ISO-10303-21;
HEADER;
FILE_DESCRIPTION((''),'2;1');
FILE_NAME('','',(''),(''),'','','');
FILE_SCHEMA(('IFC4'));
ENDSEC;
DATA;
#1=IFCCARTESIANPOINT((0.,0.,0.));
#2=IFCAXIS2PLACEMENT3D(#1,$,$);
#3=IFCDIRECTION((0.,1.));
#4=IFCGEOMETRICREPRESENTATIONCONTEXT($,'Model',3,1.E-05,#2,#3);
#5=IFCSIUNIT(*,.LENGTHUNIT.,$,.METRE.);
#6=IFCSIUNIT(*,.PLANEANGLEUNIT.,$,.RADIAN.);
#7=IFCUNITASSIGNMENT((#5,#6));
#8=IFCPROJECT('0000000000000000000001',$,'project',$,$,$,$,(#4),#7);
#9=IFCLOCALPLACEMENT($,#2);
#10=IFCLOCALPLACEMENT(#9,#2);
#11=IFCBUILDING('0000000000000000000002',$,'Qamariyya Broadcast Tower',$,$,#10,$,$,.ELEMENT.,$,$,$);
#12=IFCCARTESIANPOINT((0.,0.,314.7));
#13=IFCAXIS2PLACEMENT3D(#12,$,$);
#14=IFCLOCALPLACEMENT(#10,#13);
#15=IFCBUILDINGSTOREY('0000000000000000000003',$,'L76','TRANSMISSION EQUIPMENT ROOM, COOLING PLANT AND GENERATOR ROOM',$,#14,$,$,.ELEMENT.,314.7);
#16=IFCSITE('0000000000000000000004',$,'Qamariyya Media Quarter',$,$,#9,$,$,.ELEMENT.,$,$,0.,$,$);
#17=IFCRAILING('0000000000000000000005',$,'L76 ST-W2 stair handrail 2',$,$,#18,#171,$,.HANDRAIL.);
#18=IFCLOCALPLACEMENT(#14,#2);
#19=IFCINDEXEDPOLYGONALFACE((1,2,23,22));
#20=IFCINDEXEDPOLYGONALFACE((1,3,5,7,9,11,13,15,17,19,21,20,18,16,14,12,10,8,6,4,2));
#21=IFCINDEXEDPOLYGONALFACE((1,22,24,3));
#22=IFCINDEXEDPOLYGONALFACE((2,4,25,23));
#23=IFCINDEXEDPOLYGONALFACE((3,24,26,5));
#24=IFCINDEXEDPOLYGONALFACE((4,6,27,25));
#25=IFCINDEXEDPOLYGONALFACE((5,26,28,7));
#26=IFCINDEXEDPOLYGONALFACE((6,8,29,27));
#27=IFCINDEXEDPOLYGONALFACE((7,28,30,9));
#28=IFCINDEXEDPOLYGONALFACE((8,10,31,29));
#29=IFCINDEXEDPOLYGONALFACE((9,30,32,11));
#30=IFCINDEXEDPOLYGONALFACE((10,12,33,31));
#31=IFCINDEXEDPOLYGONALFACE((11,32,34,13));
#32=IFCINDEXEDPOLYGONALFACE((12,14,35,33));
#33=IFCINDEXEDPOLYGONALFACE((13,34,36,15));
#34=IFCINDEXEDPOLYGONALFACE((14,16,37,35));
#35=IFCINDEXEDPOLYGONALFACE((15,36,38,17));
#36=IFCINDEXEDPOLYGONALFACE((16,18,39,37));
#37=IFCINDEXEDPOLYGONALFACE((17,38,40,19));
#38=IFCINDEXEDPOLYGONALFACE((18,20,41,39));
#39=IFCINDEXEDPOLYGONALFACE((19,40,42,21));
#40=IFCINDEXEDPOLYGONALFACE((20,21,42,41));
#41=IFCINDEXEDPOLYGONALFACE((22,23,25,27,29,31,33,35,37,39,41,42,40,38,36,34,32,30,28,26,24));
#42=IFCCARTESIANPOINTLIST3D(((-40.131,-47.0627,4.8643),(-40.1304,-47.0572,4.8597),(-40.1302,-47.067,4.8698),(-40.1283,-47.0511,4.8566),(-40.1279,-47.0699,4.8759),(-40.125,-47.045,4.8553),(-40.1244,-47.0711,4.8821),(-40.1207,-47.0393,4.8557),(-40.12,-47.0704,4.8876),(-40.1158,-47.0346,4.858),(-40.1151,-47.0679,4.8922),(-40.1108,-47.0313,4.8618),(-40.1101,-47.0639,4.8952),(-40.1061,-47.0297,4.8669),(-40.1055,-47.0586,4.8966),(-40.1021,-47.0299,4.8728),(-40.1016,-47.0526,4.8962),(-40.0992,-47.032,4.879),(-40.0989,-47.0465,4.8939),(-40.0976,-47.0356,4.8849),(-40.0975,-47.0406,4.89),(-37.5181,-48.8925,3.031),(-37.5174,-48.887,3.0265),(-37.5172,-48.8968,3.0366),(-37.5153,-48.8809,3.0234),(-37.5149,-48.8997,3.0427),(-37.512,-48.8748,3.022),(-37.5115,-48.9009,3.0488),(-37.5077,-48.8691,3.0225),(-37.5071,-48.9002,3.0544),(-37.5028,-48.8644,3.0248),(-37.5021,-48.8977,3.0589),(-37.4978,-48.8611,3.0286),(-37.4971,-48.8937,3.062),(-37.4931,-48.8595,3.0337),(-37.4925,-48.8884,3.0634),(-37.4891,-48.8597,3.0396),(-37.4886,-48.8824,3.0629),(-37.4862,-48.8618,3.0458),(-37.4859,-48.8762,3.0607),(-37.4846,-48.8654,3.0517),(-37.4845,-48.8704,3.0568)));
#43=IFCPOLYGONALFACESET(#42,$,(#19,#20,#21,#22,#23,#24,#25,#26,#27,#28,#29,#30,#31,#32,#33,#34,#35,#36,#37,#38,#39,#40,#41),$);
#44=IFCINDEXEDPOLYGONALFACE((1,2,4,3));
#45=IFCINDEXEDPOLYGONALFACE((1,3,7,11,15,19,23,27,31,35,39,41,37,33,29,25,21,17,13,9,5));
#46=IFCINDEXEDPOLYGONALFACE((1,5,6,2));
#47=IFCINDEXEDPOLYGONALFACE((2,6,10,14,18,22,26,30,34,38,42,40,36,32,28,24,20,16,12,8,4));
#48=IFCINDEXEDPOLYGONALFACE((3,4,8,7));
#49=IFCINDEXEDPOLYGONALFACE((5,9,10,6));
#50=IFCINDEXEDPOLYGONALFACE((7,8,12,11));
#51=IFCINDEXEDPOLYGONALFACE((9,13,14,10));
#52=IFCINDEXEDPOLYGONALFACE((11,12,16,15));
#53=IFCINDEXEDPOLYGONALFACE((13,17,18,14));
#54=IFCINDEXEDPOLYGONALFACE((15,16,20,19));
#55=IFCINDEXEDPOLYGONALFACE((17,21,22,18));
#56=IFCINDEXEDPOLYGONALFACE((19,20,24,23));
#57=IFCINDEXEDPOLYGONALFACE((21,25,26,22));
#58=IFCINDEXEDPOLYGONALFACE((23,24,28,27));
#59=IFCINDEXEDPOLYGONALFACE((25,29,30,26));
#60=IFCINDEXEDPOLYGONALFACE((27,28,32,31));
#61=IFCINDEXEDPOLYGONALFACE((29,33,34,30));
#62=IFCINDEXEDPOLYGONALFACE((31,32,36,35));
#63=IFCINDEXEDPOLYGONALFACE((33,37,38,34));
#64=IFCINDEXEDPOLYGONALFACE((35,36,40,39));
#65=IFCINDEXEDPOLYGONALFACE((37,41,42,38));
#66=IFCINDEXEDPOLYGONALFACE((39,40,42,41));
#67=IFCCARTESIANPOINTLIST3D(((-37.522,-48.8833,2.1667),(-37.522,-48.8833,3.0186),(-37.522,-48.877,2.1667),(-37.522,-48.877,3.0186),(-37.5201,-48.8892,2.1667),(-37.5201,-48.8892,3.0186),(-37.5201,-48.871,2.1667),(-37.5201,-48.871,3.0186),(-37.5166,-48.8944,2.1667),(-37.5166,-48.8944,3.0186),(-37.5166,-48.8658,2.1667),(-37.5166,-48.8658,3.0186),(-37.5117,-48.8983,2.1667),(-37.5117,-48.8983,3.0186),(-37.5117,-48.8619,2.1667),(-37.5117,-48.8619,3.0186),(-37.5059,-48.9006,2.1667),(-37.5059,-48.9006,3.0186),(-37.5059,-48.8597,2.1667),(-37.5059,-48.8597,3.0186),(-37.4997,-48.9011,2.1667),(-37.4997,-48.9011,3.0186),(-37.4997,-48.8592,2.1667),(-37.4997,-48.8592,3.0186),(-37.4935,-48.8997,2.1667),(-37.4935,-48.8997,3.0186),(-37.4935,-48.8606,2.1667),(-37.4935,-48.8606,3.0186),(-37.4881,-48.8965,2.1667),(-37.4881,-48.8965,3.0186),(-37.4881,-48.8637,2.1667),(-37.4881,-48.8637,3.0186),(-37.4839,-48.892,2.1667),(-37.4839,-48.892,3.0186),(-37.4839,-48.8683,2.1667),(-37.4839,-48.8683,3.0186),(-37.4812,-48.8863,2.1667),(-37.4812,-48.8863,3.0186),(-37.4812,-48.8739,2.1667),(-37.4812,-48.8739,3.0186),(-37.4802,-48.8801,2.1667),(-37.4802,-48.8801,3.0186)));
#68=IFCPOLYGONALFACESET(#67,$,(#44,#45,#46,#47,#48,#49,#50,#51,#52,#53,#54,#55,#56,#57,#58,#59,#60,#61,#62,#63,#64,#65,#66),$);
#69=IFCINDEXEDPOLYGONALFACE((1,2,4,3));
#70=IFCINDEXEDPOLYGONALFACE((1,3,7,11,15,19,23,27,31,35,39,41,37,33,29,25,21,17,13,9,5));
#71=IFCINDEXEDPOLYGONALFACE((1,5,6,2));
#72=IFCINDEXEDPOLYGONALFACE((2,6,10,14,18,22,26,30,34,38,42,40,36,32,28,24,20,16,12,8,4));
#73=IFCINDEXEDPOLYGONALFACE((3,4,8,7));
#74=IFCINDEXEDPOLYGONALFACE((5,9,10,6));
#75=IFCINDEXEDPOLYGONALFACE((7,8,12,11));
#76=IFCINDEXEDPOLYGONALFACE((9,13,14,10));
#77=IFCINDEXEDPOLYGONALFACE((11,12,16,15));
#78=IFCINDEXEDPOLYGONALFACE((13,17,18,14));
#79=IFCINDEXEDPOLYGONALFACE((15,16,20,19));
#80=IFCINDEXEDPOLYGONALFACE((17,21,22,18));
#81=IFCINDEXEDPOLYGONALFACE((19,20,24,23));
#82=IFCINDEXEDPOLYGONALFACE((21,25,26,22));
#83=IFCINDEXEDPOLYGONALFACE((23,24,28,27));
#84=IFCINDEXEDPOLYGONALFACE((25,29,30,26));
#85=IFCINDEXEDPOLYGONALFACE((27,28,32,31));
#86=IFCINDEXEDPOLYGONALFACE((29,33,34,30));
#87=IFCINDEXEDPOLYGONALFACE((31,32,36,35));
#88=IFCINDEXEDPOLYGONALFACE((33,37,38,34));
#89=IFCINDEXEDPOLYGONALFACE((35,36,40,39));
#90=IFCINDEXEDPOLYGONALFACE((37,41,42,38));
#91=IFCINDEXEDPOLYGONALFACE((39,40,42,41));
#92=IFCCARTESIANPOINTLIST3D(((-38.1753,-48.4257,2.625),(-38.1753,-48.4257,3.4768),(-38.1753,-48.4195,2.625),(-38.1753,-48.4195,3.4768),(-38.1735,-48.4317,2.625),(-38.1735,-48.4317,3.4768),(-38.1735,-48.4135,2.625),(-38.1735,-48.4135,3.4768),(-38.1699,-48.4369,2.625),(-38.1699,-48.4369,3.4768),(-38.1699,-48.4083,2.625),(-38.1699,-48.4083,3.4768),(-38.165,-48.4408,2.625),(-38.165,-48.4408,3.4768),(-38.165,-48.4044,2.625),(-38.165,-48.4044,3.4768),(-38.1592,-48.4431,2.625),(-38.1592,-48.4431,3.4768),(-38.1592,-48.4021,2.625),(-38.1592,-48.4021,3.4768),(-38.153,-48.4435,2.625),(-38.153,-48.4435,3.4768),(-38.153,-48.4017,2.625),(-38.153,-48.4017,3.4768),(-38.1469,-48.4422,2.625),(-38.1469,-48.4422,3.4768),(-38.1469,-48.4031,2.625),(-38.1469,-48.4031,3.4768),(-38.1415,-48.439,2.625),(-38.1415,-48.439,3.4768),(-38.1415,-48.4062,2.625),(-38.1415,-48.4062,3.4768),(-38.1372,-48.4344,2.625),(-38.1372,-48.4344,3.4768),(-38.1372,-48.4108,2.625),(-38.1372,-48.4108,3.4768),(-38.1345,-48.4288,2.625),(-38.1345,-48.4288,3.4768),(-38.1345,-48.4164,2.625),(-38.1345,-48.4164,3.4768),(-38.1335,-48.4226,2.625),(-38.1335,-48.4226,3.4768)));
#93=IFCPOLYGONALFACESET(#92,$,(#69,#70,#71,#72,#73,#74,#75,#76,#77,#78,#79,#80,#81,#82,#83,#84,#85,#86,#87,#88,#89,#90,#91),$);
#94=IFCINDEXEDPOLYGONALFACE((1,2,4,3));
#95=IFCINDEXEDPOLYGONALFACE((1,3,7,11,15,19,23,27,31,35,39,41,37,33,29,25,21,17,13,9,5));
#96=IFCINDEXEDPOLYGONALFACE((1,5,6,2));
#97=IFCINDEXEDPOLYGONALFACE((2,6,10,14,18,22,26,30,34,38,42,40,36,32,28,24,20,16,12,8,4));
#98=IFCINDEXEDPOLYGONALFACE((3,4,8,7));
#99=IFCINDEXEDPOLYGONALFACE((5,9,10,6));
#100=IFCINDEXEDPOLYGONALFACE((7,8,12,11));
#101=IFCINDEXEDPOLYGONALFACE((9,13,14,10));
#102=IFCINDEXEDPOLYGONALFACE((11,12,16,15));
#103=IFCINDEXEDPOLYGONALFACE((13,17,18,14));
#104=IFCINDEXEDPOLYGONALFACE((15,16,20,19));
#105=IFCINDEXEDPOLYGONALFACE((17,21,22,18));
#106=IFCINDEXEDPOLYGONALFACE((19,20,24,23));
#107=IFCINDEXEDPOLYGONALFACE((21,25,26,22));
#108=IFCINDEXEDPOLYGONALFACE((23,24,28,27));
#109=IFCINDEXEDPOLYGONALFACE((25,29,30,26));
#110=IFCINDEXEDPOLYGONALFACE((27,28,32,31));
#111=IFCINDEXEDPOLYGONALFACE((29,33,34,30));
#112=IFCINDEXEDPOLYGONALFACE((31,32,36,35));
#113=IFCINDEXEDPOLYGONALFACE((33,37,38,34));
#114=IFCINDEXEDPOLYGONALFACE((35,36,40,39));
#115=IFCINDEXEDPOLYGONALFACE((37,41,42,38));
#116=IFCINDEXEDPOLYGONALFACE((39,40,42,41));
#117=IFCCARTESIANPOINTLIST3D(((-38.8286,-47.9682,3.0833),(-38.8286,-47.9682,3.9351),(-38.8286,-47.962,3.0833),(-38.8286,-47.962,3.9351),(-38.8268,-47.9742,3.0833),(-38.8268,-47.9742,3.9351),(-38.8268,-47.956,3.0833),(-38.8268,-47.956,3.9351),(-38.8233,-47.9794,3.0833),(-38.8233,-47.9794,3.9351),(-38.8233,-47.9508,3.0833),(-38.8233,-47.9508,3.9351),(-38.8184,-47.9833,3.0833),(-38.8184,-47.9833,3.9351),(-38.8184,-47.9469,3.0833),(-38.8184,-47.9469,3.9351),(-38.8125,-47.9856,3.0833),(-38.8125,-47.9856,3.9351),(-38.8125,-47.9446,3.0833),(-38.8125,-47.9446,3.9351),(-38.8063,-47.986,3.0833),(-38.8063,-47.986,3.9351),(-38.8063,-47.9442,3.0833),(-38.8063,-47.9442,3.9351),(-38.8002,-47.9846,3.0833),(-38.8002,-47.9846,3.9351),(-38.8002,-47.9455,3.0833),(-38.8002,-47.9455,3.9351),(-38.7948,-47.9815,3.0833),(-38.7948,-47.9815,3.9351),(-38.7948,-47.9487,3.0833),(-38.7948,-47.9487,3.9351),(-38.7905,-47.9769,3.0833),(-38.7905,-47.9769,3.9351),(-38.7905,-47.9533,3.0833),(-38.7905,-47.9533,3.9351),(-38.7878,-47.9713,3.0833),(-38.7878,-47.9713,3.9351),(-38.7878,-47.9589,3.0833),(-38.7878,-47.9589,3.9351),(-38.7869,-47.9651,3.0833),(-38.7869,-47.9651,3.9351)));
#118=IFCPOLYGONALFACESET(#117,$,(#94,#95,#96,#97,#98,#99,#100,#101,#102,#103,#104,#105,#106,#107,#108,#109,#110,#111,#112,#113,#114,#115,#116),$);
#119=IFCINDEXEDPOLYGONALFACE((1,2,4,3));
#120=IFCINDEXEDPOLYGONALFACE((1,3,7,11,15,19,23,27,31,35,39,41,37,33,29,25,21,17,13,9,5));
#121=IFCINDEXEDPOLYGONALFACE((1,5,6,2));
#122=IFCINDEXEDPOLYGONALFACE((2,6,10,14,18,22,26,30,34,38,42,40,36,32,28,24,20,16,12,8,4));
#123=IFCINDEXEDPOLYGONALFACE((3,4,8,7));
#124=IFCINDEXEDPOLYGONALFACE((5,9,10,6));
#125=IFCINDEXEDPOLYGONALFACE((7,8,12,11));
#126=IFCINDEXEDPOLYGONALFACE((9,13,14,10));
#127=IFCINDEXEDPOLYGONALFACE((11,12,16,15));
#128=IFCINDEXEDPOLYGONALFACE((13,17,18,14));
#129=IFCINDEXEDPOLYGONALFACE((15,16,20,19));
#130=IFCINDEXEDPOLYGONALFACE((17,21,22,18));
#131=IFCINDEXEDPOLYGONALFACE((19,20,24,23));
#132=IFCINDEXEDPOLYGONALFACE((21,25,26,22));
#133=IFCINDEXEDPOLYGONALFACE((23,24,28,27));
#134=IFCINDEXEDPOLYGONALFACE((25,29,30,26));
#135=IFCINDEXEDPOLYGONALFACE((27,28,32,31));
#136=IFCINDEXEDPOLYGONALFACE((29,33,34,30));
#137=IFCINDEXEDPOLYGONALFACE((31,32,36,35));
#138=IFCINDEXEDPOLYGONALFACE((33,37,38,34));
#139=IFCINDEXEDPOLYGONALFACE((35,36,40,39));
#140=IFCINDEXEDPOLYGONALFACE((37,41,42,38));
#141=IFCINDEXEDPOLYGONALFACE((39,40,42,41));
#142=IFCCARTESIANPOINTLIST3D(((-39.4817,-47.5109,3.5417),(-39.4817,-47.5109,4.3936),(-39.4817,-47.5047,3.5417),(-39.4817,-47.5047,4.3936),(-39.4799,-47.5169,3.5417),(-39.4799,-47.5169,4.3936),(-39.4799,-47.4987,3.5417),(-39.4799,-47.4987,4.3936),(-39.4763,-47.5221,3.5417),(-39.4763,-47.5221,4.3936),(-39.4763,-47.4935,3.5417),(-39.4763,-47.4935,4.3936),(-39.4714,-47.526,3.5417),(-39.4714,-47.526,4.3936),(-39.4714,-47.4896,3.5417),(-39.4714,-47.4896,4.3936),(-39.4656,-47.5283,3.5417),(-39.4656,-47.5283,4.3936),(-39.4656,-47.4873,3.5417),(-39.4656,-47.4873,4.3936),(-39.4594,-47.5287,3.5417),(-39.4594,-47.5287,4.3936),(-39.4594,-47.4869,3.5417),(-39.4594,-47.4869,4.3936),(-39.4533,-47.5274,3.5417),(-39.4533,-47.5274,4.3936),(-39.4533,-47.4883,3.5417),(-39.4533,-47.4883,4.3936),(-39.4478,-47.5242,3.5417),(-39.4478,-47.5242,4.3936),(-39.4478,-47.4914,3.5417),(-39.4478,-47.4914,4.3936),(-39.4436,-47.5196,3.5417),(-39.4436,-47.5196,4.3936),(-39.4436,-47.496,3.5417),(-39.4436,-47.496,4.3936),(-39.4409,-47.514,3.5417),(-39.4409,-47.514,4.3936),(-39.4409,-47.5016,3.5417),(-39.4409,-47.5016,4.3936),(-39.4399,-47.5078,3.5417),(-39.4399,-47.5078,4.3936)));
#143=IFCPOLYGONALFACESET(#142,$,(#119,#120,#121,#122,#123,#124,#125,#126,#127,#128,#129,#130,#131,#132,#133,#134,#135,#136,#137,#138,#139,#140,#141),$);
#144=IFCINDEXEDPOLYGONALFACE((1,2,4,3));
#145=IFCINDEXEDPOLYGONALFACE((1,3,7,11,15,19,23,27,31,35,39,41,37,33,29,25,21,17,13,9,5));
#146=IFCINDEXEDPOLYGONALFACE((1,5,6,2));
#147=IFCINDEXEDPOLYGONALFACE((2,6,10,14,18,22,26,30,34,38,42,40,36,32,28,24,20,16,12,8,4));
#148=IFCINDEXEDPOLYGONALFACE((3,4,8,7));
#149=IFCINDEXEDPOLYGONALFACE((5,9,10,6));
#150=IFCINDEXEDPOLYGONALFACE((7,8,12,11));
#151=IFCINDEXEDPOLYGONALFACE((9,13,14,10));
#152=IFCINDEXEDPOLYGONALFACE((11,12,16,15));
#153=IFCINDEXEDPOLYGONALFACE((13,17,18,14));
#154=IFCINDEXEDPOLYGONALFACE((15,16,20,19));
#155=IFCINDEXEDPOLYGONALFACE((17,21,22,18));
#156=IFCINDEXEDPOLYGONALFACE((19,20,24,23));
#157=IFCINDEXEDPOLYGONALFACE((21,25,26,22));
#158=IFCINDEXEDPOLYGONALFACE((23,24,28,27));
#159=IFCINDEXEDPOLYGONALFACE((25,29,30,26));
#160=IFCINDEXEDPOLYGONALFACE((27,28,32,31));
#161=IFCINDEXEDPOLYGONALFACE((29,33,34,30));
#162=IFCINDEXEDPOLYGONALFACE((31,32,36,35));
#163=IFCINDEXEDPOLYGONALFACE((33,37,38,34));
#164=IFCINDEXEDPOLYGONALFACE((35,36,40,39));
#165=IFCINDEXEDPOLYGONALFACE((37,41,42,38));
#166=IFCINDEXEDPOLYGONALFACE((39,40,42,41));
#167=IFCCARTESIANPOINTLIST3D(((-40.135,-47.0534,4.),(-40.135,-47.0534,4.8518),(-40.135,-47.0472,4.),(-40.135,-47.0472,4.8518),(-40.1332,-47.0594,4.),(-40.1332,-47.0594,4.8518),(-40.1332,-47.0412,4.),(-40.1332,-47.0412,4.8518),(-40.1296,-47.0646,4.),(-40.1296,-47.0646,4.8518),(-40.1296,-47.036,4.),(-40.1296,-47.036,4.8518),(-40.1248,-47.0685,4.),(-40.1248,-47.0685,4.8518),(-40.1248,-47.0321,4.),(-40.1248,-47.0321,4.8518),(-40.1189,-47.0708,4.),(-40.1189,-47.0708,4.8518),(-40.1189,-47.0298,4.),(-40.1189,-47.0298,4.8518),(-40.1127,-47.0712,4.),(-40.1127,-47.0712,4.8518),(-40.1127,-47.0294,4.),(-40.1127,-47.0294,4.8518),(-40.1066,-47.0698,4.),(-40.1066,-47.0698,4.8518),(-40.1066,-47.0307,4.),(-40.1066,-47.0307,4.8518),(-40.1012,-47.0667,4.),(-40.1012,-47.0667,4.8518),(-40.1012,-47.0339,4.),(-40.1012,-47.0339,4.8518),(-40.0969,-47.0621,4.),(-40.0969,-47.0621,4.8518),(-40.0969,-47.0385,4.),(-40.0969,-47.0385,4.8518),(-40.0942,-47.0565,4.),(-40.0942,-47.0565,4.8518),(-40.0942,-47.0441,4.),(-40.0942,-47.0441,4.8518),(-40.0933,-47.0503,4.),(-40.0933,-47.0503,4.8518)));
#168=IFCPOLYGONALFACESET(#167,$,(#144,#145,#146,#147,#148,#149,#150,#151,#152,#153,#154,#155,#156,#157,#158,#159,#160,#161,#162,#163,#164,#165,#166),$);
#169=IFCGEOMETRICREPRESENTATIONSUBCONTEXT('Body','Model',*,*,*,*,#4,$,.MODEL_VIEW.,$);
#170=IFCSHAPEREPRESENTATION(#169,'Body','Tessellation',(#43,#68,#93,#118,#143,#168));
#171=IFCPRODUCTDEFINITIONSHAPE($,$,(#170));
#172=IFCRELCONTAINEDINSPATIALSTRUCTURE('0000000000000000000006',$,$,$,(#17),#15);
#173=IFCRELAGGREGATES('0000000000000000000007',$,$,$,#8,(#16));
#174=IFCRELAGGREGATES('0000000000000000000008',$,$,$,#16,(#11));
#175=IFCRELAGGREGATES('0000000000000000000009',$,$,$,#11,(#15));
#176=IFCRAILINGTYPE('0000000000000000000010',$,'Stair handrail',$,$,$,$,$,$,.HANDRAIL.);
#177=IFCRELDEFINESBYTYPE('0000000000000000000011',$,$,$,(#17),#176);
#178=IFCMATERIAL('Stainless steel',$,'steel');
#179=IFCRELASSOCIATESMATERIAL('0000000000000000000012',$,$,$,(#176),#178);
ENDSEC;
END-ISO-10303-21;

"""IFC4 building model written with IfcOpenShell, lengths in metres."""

from ifc_helpers import new_model, si_unit, direction, frame, origin, origin_2d, place, context, subcontext, project, spatial, circle, extrude, material, type_object, element, save


model = new_model("IFC4")

# Units and contexts
model_context = context("Model", 3, precision=1e-05, world=origin(), true_north=direction((0.0, 1.0)))
body_context = subcontext(model_context, "Body", "Model", "MODEL_VIEW")
ifc_project = project(units=[si_unit("LENGTHUNIT", "METRE"), si_unit("PLANEANGLEUNIT", "RADIAN")], contexts=[model_context])

# Site, building, storey
site_placement = place(None, origin())
site = spatial("IfcSite", under=ifc_project, at=site_placement, Name="Qamariyya Media Quarter", CompositionType="ELEMENT", RefElevation=0.0)
building_placement = place(site_placement, origin())
building = spatial("IfcBuilding", under=site, at=building_placement, Name="Qamariyya Broadcast Tower", CompositionType="ELEMENT")
storey_placement = place(building_placement, frame((0.0, 0.0, 314.7)))
storey = spatial("IfcBuildingStorey", under=building, at=storey_placement, Name="L76", Description="TRANSMISSION EQUIPMENT ROOM, COOLING PLANT AND GENERATOR ROOM", CompositionType="ELEMENT", Elevation=314.7)

# Railing
ifc_material_1 = material(Name="Stainless steel", Category="steel")
railing_type_1 = type_object("IfcRailingType", Name="Stair handrail", PredefinedType="HANDRAIL", material=ifc_material_1)
railing_1_placement = place(storey_placement, frame((-37.5012, -48.8801, 2.1667)))
element("IfcRailing", 1, at=railing_1_placement, inside=storey, type_object=railing_type_1, Name="L76 ST-W2 stair handrail 2", PredefinedType="HANDRAIL", context=body_context, shape_type="SweptSolid", body=[
    extrude(circle(Radius=0.0239, at=origin_2d()), frame((0.0, 0.0, 0.876), z_axis=(-0.710204, 0.497335, 0.498264), x_axis=(-0.573611, -0.819128, 0.0)), (0.0, 0.0, 1.0), 3.6792),
    extrude(circle(Radius=0.021, at=origin_2d()), origin(), (0.0, 0.0, 1.0), 0.8518),
    extrude(circle(Radius=0.021, at=origin_2d()), frame((-0.6533, 0.4575, 0.4583)), (0.0, 0.0, 1.0), 0.8518),
    extrude(circle(Radius=0.021, at=origin_2d()), frame((-1.3066, 0.915, 0.9165)), (0.0, 0.0, 1.0), 0.8518),
    extrude(circle(Radius=0.021, at=origin_2d()), frame((-1.9597, 1.3723, 1.375)), (0.0, 0.0, 1.0), 0.8518),
    extrude(circle(Radius=0.021, at=origin_2d()), frame((-2.613, 1.8298, 1.8333)), (0.0, 0.0, 1.0), 0.8518),
])

save(model, "model.ifc")
